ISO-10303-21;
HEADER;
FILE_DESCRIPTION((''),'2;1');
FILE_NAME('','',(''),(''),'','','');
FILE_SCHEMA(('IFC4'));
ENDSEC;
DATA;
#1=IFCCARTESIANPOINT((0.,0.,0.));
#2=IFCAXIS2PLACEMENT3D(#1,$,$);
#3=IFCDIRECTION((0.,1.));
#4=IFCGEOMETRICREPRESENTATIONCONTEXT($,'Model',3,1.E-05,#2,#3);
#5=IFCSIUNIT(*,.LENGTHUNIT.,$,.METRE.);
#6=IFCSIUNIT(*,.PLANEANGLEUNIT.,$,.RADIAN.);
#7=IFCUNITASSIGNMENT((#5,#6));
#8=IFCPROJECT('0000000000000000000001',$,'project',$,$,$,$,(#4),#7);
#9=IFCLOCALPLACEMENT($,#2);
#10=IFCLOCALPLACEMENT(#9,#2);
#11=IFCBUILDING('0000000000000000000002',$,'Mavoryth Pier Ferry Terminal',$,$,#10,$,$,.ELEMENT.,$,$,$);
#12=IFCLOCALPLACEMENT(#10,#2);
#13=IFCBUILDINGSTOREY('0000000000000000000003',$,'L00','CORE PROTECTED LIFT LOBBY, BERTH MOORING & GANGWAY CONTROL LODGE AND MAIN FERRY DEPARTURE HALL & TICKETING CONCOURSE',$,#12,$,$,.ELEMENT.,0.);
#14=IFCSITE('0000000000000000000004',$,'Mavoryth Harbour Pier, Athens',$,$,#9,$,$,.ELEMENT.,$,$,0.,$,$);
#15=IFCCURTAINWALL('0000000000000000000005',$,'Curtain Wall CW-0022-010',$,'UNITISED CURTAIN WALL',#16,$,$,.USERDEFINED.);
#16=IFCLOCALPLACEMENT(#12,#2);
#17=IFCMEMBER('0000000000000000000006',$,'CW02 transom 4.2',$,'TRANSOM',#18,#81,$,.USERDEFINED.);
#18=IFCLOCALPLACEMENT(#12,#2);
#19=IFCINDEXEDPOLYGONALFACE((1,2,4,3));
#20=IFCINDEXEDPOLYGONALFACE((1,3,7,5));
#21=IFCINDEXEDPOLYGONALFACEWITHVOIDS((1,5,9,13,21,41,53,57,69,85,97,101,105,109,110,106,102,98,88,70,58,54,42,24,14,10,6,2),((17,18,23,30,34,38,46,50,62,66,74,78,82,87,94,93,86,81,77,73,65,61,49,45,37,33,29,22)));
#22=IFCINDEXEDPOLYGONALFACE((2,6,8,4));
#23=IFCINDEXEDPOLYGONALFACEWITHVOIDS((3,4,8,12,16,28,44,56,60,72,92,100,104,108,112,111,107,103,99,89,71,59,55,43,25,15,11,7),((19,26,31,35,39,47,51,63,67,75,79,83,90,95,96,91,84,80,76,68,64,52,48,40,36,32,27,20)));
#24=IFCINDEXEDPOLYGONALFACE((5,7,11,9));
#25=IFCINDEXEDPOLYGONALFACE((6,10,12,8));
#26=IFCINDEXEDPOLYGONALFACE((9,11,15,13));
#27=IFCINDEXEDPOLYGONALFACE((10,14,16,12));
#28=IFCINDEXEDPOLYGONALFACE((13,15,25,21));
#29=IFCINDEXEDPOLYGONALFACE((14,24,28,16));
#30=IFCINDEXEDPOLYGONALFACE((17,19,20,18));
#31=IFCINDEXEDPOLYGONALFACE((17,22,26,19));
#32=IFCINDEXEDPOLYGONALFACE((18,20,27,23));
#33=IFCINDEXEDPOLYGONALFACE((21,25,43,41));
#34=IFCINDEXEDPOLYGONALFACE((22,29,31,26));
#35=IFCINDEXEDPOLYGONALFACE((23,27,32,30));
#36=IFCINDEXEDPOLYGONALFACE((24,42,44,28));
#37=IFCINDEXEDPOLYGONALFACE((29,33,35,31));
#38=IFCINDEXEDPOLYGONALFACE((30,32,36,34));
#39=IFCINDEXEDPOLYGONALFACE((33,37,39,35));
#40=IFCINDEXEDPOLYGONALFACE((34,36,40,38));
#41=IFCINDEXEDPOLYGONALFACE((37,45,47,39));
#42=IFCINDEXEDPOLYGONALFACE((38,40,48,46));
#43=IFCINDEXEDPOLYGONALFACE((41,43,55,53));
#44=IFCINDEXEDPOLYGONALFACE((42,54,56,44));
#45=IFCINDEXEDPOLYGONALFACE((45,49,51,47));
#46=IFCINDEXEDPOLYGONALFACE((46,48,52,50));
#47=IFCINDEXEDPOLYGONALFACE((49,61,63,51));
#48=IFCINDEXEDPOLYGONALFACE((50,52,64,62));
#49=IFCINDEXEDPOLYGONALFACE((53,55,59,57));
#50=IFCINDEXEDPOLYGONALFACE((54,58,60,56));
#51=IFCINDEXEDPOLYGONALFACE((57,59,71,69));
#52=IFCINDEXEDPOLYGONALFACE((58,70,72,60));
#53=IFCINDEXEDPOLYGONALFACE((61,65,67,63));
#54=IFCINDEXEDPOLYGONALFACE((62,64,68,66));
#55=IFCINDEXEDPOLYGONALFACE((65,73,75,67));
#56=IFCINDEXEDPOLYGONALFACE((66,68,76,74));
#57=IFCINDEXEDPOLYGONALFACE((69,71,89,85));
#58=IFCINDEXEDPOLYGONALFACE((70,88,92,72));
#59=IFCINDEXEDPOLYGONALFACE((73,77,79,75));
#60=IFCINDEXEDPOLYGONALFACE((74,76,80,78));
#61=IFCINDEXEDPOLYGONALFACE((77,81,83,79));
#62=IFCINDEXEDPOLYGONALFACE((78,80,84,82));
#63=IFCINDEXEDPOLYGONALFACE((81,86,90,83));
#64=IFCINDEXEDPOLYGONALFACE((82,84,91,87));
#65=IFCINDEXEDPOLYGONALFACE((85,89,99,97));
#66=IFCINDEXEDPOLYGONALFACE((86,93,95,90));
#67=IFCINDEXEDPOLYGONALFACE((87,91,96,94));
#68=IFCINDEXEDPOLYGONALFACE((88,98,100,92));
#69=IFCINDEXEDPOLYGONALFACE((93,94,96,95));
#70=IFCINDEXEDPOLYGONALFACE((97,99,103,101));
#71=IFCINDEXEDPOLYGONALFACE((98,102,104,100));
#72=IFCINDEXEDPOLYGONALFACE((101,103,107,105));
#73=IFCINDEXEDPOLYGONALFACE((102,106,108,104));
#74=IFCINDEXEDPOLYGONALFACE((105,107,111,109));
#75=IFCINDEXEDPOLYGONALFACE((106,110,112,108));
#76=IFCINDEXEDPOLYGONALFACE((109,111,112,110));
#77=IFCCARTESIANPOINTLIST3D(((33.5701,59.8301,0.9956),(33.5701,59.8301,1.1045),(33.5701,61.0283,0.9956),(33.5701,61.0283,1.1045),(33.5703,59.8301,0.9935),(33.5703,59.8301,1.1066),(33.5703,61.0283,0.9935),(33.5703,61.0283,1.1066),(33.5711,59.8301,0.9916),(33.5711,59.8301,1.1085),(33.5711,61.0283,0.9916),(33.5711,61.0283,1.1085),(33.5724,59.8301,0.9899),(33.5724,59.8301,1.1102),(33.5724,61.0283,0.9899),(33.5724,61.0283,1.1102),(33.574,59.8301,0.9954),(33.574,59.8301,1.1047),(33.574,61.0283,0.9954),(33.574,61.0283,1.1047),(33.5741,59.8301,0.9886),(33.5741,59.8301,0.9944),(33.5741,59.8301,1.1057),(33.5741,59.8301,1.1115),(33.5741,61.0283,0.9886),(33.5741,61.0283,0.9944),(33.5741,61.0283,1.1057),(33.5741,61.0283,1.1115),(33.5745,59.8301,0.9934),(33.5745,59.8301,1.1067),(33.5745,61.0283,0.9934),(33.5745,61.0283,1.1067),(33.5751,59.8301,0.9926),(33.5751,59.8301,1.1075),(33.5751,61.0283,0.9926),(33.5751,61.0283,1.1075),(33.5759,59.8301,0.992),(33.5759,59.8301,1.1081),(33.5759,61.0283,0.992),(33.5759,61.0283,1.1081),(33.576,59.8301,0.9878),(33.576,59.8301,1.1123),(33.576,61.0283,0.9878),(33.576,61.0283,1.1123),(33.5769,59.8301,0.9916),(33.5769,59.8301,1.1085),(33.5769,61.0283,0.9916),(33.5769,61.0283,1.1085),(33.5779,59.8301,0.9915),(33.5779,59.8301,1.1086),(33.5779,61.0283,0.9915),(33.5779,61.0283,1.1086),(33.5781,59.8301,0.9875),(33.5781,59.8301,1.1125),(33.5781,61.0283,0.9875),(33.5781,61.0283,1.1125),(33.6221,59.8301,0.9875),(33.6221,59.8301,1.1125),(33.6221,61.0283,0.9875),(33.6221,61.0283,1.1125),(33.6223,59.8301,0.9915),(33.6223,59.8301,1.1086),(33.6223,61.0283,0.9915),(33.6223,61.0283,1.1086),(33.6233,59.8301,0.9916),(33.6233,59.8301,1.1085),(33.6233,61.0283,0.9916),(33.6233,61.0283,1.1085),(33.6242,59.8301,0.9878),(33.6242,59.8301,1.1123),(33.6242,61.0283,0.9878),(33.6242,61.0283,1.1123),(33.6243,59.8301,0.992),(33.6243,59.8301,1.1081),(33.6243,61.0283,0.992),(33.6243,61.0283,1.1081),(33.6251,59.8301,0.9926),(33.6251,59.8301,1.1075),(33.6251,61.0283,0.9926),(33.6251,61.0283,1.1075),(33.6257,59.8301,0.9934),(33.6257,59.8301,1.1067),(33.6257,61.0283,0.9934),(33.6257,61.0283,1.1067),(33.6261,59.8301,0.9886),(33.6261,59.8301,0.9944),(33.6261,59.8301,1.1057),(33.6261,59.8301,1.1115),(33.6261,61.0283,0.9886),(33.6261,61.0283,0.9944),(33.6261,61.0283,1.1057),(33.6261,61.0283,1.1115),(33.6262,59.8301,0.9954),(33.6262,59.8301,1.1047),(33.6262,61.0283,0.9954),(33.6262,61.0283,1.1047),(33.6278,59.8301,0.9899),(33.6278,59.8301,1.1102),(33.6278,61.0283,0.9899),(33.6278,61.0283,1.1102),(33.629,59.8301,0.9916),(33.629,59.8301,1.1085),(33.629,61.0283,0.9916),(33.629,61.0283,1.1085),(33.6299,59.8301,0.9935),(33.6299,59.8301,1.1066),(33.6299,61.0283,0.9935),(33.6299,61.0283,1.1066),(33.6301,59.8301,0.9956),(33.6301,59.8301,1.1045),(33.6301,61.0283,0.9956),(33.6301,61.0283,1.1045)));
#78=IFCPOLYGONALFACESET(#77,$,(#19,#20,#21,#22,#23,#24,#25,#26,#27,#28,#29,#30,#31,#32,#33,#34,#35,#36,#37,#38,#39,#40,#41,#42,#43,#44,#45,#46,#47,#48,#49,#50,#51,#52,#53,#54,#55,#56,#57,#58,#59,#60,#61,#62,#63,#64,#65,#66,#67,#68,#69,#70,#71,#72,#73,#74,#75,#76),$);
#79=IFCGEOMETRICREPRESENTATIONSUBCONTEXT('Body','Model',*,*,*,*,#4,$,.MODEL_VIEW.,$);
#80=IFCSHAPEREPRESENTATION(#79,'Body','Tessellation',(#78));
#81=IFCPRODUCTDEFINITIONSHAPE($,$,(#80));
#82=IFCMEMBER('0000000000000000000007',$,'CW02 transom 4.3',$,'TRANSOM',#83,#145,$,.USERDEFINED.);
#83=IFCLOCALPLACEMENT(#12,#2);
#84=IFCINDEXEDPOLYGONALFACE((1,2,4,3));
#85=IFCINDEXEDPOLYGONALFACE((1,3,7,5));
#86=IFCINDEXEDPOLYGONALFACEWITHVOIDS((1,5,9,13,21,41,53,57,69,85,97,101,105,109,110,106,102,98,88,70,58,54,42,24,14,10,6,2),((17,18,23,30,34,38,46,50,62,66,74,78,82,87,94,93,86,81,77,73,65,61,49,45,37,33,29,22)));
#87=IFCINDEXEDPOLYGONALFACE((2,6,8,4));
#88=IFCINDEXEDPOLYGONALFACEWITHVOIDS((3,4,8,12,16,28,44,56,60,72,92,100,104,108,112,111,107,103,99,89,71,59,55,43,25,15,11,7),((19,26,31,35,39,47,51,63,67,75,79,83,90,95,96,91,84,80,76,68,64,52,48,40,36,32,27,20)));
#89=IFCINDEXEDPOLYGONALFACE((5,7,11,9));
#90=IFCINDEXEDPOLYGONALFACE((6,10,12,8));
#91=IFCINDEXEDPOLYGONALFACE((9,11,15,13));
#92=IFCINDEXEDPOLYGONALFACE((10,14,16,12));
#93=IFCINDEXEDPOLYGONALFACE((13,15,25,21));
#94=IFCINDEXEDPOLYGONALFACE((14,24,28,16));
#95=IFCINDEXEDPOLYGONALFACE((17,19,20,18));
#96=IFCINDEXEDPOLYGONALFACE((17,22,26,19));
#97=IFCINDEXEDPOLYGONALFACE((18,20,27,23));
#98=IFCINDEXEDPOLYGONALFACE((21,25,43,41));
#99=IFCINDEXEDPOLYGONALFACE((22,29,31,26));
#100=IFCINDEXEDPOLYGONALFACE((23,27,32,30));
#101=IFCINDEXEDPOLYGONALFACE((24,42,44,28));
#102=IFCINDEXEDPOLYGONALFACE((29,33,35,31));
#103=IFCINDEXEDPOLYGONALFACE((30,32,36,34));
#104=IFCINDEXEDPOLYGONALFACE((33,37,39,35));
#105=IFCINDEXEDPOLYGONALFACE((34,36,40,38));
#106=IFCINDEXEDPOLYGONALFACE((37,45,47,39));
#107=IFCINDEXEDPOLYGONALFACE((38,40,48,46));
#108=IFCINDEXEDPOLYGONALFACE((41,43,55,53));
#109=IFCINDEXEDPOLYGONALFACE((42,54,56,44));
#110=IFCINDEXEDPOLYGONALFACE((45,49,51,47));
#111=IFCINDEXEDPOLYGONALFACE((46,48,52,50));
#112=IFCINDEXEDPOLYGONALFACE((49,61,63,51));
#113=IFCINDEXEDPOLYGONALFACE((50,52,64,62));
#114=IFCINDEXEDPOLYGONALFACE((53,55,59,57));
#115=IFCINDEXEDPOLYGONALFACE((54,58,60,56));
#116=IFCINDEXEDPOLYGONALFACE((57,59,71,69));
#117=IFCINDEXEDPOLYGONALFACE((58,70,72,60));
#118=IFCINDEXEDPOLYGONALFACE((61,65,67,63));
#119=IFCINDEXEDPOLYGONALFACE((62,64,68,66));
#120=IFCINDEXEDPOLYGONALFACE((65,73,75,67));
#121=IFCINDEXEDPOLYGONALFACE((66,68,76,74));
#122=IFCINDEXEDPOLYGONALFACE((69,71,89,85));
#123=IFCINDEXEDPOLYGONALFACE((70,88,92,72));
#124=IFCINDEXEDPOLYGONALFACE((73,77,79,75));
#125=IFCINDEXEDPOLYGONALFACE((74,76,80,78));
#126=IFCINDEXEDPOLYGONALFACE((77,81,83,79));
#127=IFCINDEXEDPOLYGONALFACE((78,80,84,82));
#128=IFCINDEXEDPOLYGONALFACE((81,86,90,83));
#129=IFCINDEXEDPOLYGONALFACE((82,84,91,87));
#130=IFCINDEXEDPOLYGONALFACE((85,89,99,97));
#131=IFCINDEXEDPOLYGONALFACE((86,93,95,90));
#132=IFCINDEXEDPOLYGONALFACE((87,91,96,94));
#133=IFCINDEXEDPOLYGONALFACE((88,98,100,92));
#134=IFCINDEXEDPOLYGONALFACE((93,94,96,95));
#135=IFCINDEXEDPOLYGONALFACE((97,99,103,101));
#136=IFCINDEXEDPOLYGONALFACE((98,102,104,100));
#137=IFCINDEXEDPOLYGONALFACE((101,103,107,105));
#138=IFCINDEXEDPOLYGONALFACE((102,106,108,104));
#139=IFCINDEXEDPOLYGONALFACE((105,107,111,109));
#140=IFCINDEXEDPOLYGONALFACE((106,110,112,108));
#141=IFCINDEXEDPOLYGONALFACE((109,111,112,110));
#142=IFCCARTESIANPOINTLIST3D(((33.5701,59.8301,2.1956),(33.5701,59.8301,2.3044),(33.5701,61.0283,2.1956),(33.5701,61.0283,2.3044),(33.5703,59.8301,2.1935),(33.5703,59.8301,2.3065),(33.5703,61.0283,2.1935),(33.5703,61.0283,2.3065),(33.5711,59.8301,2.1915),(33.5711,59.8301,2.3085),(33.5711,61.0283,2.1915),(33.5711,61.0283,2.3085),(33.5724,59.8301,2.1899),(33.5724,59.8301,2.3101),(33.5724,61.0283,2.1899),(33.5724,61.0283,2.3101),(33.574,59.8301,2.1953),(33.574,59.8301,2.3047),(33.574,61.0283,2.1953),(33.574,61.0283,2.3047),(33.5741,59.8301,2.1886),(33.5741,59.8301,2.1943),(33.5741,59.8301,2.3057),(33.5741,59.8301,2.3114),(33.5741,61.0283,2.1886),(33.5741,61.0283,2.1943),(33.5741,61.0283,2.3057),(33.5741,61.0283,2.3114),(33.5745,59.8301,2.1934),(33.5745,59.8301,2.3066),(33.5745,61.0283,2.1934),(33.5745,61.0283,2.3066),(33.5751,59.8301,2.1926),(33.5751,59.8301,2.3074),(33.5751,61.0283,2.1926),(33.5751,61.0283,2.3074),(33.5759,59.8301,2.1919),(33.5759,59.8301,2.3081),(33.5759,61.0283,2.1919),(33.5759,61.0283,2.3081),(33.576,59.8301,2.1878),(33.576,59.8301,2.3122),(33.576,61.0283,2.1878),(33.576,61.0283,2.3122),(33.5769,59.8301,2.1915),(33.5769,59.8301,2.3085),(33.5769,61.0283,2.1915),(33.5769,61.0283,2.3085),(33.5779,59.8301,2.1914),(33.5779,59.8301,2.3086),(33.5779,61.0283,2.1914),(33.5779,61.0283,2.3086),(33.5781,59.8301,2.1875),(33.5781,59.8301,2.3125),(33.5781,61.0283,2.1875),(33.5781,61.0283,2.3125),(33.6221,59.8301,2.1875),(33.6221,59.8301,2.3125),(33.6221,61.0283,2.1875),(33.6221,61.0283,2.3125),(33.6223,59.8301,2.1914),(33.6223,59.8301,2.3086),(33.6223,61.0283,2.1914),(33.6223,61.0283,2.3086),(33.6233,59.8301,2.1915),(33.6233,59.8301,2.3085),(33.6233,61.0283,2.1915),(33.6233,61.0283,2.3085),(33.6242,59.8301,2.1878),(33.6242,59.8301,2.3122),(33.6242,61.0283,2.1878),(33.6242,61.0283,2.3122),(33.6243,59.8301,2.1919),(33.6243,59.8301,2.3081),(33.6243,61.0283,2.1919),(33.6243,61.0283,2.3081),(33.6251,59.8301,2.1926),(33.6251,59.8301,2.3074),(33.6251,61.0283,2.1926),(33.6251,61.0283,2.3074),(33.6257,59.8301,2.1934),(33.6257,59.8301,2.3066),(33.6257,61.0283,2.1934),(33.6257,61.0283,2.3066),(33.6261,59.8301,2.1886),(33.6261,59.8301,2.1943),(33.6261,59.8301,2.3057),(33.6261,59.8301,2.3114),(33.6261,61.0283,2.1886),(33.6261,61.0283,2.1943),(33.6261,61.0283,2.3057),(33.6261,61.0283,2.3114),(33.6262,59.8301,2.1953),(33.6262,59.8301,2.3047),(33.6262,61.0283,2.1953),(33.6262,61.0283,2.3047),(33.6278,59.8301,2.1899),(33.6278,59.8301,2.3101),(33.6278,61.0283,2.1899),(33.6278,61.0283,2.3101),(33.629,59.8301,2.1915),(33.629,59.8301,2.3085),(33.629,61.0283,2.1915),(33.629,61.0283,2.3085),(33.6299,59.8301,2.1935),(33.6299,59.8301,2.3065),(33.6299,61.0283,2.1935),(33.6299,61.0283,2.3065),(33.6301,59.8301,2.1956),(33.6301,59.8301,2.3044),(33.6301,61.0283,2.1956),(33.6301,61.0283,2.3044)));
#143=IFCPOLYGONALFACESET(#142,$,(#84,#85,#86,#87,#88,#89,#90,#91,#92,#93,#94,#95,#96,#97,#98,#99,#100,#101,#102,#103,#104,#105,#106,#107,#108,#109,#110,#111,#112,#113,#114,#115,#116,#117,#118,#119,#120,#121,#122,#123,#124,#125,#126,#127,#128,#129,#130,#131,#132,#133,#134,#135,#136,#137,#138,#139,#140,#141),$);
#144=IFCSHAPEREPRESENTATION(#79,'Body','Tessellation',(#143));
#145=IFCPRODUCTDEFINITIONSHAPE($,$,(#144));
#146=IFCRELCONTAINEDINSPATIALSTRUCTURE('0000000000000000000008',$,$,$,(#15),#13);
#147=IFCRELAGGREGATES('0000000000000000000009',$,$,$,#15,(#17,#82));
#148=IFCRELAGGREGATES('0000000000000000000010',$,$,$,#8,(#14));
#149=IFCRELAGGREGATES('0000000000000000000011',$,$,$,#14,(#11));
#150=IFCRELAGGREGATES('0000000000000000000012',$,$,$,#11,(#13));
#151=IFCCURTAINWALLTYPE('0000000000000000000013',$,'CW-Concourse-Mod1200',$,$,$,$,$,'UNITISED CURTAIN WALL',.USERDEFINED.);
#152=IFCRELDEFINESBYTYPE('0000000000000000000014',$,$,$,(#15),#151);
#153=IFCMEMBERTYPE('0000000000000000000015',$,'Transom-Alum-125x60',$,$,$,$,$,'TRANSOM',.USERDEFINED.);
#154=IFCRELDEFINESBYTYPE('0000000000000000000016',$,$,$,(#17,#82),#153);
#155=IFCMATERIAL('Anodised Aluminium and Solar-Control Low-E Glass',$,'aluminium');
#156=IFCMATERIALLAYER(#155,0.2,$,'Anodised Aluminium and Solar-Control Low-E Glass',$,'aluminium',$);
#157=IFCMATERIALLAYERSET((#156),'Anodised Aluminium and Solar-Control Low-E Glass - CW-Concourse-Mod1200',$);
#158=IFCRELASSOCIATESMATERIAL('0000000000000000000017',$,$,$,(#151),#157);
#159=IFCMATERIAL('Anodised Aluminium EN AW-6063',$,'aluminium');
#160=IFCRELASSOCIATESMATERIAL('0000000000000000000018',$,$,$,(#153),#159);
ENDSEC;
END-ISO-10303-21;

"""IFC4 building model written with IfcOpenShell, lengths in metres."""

from ifc_helpers import new_model, si_unit, direction, frame, origin, origin_2d, place, context, subcontext, project, spatial, hollow_rectangle, extrude, material, layer, layer_set, material_profile, profile_set, type_object, element, aggregate, save


model = new_model("IFC4")

# Units and contexts
model_context = context("Model", 3, precision=1e-05, world=origin(), true_north=direction((0.0, 1.0)))
body_context = subcontext(model_context, "Body", "Model", "MODEL_VIEW")
ifc_project = project(units=[si_unit("LENGTHUNIT", "METRE"), si_unit("PLANEANGLEUNIT", "RADIAN")], contexts=[model_context])

# Site, building, storey
site_placement = place(None, origin())
site = spatial("IfcSite", under=ifc_project, at=site_placement, Name="Mavoryth Harbour Pier, Athens", CompositionType="ELEMENT", RefElevation=0.0)
building_placement = place(site_placement, origin())
building = spatial("IfcBuilding", under=site, at=building_placement, Name="Mavoryth Pier Ferry Terminal", CompositionType="ELEMENT")
storey_placement = place(building_placement, origin())
storey = spatial("IfcBuildingStorey", under=building, at=storey_placement, Name="L00", Description="CORE PROTECTED LIFT LOBBY, BERTH MOORING & GANGWAY CONTROL LODGE AND MAIN FERRY DEPARTURE HALL & TICKETING CONCOURSE", CompositionType="ELEMENT", Elevation=0.0)

# Curtain wall, members
ifc_material_1 = material(Name="Anodised Aluminium and Solar-Control Low-E Glass", Category="aluminium")
ifc_layer_1 = layer(ifc_material_1, 0.2, Name="Anodised Aluminium and Solar-Control Low-E Glass", Category="aluminium")
ifc_layer_set_1 = layer_set([ifc_layer_1], Name="Anodised Aluminium and Solar-Control Low-E Glass - CW-Concourse-Mod1200")
curtain_wall_type = type_object("IfcCurtainWallType", Name="CW-Concourse-Mod1200", ElementType="UNITISED CURTAIN WALL", PredefinedType="USERDEFINED", material=ifc_layer_set_1)
curtain_wall_placement = place(storey_placement, origin())
curtain_wall = element("IfcCurtainWall", 1, at=curtain_wall_placement, inside=storey, type_object=curtain_wall_type, Name="Curtain Wall CW-0022-010", ObjectType="UNITISED CURTAIN WALL", PredefinedType="USERDEFINED")
ifc_material_2 = material(Name="Anodised Aluminium EN AW-6063", Category="aluminium")
ifc_material_profile_1 = material_profile(ifc_material_2, hollow_rectangle(XDim=0.0601, YDim=0.125, WallThickness=0.0039, InnerFilletRadius=0.0039, OuterFilletRadius=0.0081, at=origin_2d()), Name="AL-TRAN 125x60x4", Category="aluminium")
ifc_profile_set_1 = profile_set([ifc_material_profile_1], Name="Anodised Aluminium EN AW-6063 - AL-TRAN 125x60x4")
member_type_1 = type_object("IfcMemberType", Name="Transom-Alum-125x60", ElementType="TRANSOM", PredefinedType="USERDEFINED", material=ifc_profile_set_1)
member_1_placement = place(storey_placement, frame((33.6001, 59.8301, 1.05), z_axis=(0.0, 1.0, 0.0), x_axis=(-1.0, 0.0, 0.0)))
member_1 = element("IfcMember", 2, at=member_1_placement, type_object=member_type_1, Name="CW02 transom 4.2", ObjectType="TRANSOM", PredefinedType="USERDEFINED", context=body_context, shape_type="SweptSolid", body=[
    extrude(hollow_rectangle(XDim=0.0601, YDim=0.125, WallThickness=0.0039, InnerFilletRadius=0.0039, OuterFilletRadius=0.0081, at=origin_2d()), origin(), (0.0, 0.0, 1.0), 1.1982),
])
member_2_placement = place(storey_placement, frame((33.6001, 59.8301, 2.25), z_axis=(0.0, 1.0, 0.0), x_axis=(-1.0, 0.0, 0.0)))
member_2 = element("IfcMember", 3, at=member_2_placement, type_object=member_type_1, Name="CW02 transom 4.3", ObjectType="TRANSOM", PredefinedType="USERDEFINED", context=body_context, shape_type="SweptSolid", body=[
    extrude(hollow_rectangle(XDim=0.0601, YDim=0.125, WallThickness=0.0039, InnerFilletRadius=0.0039, OuterFilletRadius=0.0081, at=origin_2d()), origin(), (0.0, 0.0, 1.0), 1.1982),
])
aggregate(curtain_wall, [member_1, member_2])

save(model, "model.ifc")
